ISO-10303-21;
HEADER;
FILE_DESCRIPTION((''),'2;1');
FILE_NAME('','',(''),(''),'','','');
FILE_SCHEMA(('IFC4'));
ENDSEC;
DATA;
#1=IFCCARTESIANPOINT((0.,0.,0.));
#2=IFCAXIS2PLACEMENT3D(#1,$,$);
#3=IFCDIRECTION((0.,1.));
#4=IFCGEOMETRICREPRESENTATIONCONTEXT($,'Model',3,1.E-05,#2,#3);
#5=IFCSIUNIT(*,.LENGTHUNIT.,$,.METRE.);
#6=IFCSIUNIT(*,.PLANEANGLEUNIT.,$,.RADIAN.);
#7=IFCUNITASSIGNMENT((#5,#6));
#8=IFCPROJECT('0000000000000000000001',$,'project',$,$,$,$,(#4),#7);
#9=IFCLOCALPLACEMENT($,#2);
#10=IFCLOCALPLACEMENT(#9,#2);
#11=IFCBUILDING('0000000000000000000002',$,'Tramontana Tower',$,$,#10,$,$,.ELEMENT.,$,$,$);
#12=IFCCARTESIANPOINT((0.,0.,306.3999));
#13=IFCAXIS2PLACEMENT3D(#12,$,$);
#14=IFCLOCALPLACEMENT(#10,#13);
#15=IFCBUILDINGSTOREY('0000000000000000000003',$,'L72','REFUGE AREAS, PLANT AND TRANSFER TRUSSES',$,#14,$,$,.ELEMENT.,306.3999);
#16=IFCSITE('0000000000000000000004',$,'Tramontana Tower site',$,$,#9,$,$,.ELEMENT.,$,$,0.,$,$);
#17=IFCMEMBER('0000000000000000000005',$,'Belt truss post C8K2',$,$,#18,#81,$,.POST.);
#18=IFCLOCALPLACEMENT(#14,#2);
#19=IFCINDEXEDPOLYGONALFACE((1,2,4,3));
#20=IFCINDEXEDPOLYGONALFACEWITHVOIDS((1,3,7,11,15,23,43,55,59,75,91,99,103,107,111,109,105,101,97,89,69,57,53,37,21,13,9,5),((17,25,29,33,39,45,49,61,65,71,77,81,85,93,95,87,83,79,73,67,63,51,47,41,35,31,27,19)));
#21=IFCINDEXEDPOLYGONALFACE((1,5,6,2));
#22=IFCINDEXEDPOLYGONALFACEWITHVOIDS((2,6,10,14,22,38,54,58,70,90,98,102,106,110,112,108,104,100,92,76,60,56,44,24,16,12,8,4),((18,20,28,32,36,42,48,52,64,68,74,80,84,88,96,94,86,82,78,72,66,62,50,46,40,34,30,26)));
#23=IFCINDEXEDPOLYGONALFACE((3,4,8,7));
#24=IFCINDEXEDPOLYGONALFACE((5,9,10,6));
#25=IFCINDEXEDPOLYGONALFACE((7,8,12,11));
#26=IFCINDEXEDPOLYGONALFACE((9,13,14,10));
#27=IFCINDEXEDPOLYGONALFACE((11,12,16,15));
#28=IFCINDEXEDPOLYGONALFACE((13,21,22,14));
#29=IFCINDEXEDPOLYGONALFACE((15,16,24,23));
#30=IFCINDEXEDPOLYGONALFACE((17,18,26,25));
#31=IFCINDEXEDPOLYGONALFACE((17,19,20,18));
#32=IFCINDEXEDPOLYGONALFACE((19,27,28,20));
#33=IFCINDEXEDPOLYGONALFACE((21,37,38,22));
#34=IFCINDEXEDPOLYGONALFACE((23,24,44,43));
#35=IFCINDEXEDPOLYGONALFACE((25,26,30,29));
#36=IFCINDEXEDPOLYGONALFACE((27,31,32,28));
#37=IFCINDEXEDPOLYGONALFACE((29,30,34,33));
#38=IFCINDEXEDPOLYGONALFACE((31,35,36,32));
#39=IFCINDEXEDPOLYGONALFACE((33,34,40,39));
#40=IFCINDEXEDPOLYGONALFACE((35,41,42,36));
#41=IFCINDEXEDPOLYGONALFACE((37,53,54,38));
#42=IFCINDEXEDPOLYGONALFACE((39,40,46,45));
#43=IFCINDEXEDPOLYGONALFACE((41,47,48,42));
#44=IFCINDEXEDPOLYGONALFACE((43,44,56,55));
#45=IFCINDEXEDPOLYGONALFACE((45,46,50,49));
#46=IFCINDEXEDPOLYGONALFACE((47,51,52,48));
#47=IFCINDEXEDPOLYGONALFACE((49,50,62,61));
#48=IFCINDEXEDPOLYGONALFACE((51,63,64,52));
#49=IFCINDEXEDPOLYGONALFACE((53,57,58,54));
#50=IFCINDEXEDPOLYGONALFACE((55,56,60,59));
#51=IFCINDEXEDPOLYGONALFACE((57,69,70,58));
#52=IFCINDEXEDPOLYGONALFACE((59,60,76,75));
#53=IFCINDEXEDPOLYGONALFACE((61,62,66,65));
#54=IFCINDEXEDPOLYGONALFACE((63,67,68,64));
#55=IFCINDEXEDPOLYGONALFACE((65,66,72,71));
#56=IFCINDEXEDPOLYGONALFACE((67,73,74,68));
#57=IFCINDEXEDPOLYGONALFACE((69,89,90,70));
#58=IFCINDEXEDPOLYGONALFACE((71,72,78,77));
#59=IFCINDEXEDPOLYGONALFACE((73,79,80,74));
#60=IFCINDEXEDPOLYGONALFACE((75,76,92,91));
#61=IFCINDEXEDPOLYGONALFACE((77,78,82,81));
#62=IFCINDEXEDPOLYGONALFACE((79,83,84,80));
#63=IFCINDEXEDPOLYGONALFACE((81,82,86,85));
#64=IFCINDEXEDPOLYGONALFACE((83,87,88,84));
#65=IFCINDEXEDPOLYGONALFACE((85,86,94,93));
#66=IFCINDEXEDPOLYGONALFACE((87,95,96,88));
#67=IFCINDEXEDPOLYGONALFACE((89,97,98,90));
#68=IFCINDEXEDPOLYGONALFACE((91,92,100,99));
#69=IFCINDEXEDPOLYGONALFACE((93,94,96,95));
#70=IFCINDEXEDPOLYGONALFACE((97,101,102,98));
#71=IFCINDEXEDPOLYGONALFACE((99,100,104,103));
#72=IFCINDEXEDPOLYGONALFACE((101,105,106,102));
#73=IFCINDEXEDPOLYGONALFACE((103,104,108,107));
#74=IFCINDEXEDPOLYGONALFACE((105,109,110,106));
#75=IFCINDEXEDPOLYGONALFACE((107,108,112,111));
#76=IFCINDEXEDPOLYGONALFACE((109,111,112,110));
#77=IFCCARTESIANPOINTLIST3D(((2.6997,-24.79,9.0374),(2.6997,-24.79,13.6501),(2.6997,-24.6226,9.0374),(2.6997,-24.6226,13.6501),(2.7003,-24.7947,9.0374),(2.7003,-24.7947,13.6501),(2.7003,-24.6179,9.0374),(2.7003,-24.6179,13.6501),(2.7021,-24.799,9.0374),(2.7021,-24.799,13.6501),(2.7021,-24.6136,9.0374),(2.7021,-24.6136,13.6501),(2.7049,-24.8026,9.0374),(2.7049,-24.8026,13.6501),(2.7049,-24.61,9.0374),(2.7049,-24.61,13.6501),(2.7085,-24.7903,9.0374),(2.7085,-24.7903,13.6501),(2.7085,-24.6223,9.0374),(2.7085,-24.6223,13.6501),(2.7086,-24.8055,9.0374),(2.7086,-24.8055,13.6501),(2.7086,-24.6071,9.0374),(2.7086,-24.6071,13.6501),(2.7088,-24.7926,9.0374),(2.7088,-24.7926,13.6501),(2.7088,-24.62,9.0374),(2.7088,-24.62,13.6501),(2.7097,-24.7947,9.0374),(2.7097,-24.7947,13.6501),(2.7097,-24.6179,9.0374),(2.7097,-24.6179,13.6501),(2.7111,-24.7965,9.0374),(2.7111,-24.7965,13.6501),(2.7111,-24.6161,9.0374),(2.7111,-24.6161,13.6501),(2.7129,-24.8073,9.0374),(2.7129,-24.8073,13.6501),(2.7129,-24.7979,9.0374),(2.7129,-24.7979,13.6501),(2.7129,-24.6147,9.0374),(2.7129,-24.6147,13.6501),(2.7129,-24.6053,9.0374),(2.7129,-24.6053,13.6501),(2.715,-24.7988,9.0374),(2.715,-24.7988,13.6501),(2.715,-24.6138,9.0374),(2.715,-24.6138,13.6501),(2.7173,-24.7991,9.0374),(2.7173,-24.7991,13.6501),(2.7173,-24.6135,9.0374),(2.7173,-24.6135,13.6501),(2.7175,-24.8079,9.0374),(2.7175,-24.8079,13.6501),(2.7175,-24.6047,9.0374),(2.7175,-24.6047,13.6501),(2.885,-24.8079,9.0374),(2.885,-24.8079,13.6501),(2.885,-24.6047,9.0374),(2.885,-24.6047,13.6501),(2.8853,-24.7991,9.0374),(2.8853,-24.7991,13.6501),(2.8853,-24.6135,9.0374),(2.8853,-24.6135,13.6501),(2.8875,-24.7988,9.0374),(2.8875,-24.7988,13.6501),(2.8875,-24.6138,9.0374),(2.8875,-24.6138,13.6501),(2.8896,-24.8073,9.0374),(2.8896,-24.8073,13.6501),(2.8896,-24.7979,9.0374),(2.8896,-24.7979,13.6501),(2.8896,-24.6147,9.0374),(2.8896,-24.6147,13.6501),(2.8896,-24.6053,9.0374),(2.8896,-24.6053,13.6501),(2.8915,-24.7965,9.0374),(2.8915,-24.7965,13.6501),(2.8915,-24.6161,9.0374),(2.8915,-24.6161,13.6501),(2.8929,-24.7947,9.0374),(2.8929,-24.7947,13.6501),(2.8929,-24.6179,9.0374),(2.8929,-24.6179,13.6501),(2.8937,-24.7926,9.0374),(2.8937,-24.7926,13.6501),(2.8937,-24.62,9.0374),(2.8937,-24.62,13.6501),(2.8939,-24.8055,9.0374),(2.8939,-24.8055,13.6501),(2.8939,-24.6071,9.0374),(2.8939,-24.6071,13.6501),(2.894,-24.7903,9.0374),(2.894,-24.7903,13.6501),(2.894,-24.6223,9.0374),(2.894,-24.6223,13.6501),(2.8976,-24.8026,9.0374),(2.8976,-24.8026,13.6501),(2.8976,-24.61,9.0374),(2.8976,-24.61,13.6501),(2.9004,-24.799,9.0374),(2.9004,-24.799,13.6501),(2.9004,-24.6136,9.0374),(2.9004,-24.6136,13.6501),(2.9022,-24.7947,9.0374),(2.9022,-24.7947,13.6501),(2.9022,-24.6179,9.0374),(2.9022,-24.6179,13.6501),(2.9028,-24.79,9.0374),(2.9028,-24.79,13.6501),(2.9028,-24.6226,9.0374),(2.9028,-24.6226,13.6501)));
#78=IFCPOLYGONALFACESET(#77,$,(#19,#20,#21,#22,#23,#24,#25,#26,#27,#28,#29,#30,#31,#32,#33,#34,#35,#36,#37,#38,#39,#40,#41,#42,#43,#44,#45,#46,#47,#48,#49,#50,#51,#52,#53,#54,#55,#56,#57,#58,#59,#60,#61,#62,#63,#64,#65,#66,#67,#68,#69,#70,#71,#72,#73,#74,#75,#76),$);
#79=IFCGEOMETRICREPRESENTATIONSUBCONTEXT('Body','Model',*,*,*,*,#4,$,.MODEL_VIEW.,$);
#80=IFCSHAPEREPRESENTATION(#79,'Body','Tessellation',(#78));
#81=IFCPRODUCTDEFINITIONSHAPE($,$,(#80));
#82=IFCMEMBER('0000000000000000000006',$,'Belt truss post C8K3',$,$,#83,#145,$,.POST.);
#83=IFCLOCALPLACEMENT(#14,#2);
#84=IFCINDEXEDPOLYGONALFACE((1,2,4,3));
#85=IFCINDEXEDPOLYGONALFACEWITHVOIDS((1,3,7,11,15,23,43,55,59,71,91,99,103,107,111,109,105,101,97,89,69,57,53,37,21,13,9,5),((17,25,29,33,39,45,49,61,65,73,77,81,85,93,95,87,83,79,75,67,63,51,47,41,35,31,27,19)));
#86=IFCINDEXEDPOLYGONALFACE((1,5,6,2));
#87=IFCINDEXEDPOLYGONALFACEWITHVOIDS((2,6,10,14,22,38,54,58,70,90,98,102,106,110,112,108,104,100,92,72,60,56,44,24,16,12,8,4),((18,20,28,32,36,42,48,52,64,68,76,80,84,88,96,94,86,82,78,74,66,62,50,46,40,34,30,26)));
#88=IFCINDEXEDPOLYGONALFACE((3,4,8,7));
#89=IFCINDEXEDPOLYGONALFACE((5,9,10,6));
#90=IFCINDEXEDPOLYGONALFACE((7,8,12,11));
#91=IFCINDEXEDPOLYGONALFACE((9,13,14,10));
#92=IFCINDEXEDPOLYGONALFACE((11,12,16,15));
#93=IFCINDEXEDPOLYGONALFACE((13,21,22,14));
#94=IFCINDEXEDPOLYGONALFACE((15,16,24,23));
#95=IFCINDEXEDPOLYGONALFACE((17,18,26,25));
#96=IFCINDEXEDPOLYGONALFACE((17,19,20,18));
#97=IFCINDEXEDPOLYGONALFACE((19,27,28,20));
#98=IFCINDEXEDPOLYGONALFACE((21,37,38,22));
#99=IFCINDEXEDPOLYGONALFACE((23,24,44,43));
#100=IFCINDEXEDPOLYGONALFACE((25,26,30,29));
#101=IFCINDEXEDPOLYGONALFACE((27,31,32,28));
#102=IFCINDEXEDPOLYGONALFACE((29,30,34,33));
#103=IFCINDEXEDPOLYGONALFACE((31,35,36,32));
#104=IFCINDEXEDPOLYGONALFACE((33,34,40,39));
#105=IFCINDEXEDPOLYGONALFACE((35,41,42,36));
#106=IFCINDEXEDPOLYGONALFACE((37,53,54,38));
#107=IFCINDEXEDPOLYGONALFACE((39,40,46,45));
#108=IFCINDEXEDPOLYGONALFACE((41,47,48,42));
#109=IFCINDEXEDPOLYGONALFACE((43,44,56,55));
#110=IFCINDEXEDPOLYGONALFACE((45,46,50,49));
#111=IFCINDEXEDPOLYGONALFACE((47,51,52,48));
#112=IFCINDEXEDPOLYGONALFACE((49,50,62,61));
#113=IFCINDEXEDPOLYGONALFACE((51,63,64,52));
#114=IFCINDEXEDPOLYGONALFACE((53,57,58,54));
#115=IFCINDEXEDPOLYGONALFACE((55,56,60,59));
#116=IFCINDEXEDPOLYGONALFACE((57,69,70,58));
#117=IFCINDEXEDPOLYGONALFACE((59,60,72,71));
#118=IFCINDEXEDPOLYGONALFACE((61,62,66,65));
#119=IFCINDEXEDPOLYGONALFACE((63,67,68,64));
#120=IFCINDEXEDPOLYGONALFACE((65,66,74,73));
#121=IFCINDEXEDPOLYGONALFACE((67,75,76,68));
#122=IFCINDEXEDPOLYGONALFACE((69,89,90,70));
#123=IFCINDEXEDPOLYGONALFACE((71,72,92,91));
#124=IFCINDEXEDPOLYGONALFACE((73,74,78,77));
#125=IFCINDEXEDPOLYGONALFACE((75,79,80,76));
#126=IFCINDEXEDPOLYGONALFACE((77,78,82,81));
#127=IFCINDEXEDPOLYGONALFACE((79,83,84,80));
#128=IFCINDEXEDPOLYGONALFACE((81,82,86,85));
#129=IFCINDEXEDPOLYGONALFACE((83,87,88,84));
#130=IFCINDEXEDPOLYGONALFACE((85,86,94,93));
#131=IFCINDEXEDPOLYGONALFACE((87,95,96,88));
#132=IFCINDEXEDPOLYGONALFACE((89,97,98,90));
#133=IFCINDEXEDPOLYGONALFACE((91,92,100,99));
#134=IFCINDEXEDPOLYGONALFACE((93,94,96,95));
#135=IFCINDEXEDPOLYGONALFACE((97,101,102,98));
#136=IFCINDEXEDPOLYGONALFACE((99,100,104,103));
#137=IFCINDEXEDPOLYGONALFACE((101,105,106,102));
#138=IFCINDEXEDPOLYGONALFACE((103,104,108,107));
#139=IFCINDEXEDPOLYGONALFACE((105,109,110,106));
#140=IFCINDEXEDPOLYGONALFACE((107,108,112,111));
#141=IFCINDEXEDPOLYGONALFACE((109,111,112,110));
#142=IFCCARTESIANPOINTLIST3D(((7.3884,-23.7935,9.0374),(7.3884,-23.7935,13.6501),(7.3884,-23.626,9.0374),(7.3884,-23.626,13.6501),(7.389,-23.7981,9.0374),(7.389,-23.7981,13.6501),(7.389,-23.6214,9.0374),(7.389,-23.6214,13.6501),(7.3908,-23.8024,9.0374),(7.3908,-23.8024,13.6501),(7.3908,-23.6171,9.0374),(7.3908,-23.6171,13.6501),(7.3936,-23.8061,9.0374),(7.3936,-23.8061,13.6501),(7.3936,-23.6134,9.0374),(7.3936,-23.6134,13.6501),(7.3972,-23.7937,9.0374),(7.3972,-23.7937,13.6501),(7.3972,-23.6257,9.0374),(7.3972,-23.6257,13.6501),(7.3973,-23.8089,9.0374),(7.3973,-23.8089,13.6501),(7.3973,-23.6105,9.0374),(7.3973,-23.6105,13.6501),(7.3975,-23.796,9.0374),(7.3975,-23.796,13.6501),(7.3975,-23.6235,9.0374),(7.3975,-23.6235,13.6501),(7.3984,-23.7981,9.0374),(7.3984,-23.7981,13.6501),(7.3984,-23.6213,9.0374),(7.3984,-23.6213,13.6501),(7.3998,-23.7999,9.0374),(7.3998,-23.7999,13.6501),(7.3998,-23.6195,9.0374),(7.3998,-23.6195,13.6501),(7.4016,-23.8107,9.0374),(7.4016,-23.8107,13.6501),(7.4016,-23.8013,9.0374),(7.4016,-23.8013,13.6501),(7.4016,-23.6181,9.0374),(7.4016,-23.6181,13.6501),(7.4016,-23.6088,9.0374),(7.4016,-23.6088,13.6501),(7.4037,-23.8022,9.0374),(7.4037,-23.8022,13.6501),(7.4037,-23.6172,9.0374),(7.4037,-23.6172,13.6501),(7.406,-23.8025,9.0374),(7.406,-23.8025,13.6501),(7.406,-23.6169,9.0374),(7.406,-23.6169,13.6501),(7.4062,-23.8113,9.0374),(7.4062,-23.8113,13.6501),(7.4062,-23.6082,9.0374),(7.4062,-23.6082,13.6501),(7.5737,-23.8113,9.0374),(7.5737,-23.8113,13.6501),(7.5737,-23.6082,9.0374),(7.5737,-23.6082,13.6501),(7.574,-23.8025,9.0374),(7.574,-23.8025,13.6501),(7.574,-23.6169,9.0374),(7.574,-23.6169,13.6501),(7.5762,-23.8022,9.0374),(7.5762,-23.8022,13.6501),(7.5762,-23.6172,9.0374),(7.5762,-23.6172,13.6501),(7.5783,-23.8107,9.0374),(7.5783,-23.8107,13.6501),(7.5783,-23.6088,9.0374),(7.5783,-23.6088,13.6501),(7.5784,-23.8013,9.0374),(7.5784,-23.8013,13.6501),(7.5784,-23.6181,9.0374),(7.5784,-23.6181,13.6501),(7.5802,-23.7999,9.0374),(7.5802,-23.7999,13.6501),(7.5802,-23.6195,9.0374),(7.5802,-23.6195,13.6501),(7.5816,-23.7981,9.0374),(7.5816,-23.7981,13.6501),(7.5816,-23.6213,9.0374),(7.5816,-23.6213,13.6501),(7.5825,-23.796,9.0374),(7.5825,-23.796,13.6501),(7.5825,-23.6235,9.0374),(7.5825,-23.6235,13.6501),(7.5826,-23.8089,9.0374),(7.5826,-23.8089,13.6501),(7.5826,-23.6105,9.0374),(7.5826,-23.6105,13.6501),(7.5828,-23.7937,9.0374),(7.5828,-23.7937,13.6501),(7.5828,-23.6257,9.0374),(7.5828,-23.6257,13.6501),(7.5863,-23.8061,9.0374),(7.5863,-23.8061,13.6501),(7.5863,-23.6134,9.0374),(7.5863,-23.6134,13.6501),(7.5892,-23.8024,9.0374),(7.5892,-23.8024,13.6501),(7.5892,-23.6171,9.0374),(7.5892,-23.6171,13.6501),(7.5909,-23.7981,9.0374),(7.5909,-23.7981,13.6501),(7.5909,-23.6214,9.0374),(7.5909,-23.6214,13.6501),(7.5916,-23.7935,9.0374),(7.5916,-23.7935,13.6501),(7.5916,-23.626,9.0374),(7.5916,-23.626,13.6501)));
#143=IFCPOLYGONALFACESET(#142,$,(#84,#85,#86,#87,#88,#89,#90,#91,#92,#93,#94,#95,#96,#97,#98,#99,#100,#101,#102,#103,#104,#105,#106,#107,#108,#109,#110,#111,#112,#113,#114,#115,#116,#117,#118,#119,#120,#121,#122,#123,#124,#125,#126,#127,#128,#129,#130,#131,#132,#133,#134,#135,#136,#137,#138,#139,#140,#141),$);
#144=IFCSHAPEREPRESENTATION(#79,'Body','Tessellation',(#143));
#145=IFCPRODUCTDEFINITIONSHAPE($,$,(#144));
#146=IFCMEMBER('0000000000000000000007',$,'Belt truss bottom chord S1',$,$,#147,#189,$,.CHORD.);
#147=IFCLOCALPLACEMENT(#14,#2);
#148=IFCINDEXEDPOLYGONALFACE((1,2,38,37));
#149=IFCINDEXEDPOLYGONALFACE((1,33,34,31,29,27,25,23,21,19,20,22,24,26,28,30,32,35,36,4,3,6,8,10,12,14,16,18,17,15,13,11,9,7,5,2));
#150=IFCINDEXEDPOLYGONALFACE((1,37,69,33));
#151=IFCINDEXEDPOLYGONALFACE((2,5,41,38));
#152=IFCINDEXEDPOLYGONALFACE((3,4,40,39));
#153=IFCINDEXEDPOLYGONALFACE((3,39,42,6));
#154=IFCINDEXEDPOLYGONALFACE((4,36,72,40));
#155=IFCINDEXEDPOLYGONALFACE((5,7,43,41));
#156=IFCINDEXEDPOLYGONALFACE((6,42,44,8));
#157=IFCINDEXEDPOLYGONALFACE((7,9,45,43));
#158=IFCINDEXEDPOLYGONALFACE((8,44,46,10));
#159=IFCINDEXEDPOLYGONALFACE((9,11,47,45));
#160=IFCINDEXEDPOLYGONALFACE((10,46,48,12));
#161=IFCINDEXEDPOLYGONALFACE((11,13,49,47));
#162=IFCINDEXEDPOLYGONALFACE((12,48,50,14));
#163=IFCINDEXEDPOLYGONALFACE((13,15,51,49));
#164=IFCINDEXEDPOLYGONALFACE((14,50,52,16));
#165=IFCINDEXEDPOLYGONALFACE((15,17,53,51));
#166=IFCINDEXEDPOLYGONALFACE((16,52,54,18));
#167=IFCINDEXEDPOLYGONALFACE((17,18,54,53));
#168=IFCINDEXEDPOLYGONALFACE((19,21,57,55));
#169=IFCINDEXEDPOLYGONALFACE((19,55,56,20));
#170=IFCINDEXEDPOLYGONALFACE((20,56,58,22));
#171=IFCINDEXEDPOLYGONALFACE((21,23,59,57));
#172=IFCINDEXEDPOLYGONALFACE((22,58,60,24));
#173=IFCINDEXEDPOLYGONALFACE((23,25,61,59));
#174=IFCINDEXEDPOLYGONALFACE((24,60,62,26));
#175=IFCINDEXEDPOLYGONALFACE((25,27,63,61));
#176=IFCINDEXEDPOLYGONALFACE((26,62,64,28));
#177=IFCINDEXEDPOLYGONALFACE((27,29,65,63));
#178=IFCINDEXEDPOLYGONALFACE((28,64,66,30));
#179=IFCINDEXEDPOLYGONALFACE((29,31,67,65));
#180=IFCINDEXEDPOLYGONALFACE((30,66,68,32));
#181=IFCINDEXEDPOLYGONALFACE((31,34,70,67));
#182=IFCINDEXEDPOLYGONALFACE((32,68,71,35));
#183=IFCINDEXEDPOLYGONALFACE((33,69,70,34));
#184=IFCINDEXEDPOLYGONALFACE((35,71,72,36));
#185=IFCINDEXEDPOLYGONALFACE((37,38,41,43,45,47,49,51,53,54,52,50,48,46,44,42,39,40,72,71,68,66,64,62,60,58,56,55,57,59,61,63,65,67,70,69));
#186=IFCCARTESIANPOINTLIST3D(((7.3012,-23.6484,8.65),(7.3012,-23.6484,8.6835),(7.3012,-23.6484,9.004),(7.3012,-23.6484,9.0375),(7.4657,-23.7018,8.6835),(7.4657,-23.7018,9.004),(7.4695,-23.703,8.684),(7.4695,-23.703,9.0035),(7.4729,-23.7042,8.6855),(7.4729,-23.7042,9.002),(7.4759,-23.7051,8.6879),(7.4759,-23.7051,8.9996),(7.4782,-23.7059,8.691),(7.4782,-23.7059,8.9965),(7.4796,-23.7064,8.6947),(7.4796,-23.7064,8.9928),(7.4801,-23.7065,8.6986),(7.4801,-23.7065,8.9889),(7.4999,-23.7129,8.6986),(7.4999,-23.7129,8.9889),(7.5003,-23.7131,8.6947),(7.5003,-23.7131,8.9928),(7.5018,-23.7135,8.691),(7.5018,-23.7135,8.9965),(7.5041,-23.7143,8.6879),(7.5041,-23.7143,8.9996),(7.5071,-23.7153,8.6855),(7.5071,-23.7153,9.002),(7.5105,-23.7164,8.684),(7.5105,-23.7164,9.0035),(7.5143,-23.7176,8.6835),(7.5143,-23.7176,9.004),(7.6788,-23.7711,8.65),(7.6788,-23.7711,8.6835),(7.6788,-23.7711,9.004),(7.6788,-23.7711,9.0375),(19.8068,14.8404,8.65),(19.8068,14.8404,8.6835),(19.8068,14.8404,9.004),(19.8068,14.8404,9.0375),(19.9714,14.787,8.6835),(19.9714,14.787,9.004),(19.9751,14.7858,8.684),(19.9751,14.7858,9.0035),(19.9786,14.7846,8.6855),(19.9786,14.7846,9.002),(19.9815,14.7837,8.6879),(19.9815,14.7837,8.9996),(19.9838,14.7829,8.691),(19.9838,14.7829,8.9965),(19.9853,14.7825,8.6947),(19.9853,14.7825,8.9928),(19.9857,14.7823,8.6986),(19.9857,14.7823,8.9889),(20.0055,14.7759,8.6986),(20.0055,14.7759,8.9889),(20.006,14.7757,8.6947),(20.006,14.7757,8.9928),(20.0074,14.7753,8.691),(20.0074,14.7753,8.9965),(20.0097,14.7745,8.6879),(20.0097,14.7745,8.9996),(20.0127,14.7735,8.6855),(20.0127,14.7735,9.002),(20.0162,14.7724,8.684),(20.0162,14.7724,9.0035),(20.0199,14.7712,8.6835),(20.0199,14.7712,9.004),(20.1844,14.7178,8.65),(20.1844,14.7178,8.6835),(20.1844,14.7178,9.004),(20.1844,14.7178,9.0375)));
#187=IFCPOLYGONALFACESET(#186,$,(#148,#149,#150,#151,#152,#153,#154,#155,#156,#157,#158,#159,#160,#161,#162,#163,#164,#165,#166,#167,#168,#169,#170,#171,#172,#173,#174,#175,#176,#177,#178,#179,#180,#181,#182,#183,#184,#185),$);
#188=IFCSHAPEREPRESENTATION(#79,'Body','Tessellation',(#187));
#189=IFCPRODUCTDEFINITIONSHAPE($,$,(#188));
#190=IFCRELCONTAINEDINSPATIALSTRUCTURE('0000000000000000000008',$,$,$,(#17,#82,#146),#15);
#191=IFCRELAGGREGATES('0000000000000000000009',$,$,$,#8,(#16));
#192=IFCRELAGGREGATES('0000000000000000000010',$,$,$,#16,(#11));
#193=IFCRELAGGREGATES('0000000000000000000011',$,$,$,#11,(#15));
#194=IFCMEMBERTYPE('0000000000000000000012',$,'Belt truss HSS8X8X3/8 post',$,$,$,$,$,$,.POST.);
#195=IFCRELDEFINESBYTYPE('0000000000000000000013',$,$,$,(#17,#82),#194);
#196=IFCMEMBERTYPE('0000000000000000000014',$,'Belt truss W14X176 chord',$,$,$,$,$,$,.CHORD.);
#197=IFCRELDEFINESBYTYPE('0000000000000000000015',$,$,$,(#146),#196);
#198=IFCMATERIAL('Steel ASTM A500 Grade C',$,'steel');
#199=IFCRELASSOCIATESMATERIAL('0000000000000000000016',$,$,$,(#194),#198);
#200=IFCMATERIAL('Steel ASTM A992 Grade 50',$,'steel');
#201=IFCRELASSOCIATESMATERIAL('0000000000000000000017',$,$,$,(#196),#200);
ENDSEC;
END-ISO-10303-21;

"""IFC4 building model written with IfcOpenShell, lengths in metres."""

from ifc_helpers import new_model, si_unit, direction, frame, origin, origin_2d, place, context, subcontext, project, spatial, hollow_rectangle, i_section, extrude, material, material_profile, profile_set, type_object, element, save


model = new_model("IFC4")

# Units and contexts
model_context = context("Model", 3, precision=1e-05, world=origin(), true_north=direction((0.0, 1.0)))
body_context = subcontext(model_context, "Body", "Model", "MODEL_VIEW")
ifc_project = project(units=[si_unit("LENGTHUNIT", "METRE"), si_unit("PLANEANGLEUNIT", "RADIAN")], contexts=[model_context])

# Site, building, storey
site_placement = place(None, origin())
site = spatial("IfcSite", under=ifc_project, at=site_placement, Name="Tramontana Tower site", CompositionType="ELEMENT", RefElevation=0.0)
building_placement = place(site_placement, origin())
building = spatial("IfcBuilding", under=site, at=building_placement, Name="Tramontana Tower", CompositionType="ELEMENT")
storey_placement = place(building_placement, frame((0.0, 0.0, 306.3999)))
storey = spatial("IfcBuildingStorey", under=building, at=storey_placement, Name="L72", Description="REFUGE AREAS, PLANT AND TRANSFER TRUSSES", CompositionType="ELEMENT", Elevation=306.3999)

# Members
ifc_material_1 = material(Name="Steel ASTM A500 Grade C", Category="steel")
ifc_material_profile_1 = material_profile(ifc_material_1, hollow_rectangle(XDim=0.2031, YDim=0.2031, WallThickness=0.0088, InnerFilletRadius=0.0088, OuterFilletRadius=0.0178, at=origin_2d()), Name="HSS8X8X3/8")
ifc_profile_set_1 = profile_set([ifc_material_profile_1], Name="Steel ASTM A500 Grade C")
member_type_1 = type_object("IfcMemberType", Name="Belt truss HSS8X8X3/8 post", PredefinedType="POST", material=ifc_profile_set_1)
for number, where, z_axis, x_axis, name in (
    (1, (2.8013, -24.7063, 9.0374), (0.0, 0.0, 1.0), (1.0, 0.0, 0.0), "Belt truss post C8K2"),
    (2, (7.49, -23.7097, 9.0374), (0.0, 0.0, 1.0), (1.0, 0.0, 0.0), "Belt truss post C8K3"),
):
    element("IfcMember", number, at=place(storey_placement, frame(where, z_axis=z_axis, x_axis=x_axis)), inside=storey, type_object=member_type_1, Name=name, PredefinedType="POST", context=body_context, shape_type="SweptSolid", body=[
        extrude(hollow_rectangle(XDim=0.2031, YDim=0.2031, WallThickness=0.0088, InnerFilletRadius=0.0088, OuterFilletRadius=0.0178, at=origin_2d()), origin(), (0.0, 0.0, 1.0), 4.6128),
    ])
ifc_material_2 = material(Name="Steel ASTM A992 Grade 50", Category="steel")
ifc_material_profile_2 = material_profile(ifc_material_2, i_section(OverallWidth=0.397, OverallDepth=0.3875, WebThickness=0.0208, FlangeThickness=0.0334, FilletRadius=0.0151, at=origin_2d()), Name="W14X176")
ifc_profile_set_2 = profile_set([ifc_material_profile_2], Name="Steel ASTM A992 Grade 50")
member_type_2 = type_object("IfcMemberType", Name="Belt truss W14X176 chord", PredefinedType="CHORD", material=ifc_profile_set_2)
for number, where, z_axis, x_axis, name in (
    (3, (7.49, -23.7097, 8.8438), (0.309014, 0.951058, 0.0), (-0.951058, 0.309014, 0.0), "Belt truss bottom chord S1"),
):
    element("IfcMember", number, at=place(storey_placement, frame(where, z_axis=z_axis, x_axis=x_axis)), inside=storey, type_object=member_type_2, Name=name, PredefinedType="CHORD", context=body_context, shape_type="SweptSolid", body=[
        extrude(i_section(OverallWidth=0.397, OverallDepth=0.3875, WebThickness=0.0208, FlangeThickness=0.0334, FilletRadius=0.0151, at=origin_2d()), origin(), (0.0, 0.0, 1.0), 40.4695),
    ])

save(model, "model.ifc")
